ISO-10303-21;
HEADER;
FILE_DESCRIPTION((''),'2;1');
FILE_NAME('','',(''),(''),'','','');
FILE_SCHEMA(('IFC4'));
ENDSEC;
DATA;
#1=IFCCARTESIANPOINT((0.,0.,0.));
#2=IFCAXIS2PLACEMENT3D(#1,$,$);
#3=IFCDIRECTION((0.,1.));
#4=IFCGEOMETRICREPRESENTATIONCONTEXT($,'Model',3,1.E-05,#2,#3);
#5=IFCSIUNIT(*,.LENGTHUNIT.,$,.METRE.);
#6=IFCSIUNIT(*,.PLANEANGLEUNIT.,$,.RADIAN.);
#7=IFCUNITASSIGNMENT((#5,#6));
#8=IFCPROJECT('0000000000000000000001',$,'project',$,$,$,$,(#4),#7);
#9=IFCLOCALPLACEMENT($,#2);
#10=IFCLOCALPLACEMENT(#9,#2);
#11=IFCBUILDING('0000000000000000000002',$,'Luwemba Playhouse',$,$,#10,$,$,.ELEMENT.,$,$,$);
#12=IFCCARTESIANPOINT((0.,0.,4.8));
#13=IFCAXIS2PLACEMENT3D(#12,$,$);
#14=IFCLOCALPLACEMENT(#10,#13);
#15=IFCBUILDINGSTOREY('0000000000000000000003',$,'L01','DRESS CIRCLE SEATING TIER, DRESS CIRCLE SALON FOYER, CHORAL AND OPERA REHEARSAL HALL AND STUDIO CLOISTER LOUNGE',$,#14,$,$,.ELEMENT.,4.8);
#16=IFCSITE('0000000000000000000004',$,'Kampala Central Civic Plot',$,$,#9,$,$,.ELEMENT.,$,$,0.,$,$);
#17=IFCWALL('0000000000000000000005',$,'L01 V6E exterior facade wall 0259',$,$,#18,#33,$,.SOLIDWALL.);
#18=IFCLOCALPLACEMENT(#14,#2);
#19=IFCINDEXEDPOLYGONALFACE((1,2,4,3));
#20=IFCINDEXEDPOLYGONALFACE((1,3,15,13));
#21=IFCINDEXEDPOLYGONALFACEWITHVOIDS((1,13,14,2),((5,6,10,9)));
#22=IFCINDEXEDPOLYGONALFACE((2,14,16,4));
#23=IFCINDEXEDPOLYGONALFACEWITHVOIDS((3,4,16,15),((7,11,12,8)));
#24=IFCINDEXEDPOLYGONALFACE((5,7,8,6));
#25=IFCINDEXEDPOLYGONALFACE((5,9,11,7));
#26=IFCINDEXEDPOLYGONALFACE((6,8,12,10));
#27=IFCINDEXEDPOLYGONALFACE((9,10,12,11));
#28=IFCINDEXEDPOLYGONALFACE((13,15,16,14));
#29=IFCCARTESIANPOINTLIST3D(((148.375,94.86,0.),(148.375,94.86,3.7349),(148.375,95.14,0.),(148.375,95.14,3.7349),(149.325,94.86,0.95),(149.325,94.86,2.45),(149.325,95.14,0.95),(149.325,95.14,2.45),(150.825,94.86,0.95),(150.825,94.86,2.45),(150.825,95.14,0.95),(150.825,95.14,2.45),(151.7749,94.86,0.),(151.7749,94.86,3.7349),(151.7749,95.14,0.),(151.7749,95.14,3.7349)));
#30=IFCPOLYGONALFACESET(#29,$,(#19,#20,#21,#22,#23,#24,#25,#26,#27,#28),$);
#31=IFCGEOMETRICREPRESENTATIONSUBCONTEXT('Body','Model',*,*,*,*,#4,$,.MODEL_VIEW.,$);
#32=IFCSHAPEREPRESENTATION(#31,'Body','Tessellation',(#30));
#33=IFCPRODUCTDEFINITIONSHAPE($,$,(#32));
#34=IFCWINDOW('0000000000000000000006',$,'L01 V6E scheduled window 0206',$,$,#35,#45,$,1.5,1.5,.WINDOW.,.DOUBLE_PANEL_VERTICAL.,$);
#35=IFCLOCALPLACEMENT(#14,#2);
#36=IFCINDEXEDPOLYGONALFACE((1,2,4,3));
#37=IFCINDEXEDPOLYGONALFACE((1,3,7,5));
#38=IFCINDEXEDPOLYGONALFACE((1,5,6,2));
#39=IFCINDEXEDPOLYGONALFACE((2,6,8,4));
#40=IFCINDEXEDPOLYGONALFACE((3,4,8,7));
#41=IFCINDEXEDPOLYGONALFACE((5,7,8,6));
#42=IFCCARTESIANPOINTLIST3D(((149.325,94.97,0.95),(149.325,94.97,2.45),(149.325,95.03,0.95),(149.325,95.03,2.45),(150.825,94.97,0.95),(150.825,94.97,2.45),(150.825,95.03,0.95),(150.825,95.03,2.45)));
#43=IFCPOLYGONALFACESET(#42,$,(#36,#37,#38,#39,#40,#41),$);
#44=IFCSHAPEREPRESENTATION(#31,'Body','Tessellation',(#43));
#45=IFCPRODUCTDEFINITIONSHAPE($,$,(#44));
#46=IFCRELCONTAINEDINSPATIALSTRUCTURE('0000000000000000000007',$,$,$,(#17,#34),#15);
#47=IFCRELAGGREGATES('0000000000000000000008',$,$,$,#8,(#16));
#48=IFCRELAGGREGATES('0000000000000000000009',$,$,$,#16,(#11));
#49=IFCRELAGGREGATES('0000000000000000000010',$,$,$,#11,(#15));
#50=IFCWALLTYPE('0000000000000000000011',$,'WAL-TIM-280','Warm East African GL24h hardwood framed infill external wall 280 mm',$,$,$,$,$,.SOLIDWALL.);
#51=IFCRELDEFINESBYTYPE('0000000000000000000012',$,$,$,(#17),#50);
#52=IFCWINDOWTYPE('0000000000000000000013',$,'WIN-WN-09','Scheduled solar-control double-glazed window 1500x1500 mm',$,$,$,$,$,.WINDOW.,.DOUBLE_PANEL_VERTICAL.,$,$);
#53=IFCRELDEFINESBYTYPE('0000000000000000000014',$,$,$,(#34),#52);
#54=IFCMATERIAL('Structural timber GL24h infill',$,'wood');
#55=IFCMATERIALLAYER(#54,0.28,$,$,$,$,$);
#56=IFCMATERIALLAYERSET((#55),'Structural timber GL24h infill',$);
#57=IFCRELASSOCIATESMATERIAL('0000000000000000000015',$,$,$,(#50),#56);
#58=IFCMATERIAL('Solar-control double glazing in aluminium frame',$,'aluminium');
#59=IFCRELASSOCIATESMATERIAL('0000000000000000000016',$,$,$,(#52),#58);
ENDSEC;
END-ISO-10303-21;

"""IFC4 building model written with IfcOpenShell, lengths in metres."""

from ifc_helpers import new_model, si_unit, direction, frame, frame_2d, origin, place, context, subcontext, project, spatial, rectangle, extrude, material, layer, layer_set, type_object, element, fill, save


model = new_model("IFC4")

# Units and contexts
model_context = context("Model", 3, precision=1e-05, world=origin(), true_north=direction((0.0, 1.0)))
body_context = subcontext(model_context, "Body", "Model", "MODEL_VIEW")
ifc_project = project(units=[si_unit("LENGTHUNIT", "METRE"), si_unit("PLANEANGLEUNIT", "RADIAN")], contexts=[model_context])

# Site, building, storey
site_placement = place(None, origin())
site = spatial("IfcSite", under=ifc_project, at=site_placement, Name="Kampala Central Civic Plot", CompositionType="ELEMENT", RefElevation=0.0)
building_placement = place(site_placement, origin())
building = spatial("IfcBuilding", under=site, at=building_placement, Name="Luwemba Playhouse", CompositionType="ELEMENT")
storey_placement = place(building_placement, frame((0.0, 0.0, 4.8)))
storey = spatial("IfcBuildingStorey", under=building, at=storey_placement, Name="L01", Description="DRESS CIRCLE SEATING TIER, DRESS CIRCLE SALON FOYER, CHORAL AND OPERA REHEARSAL HALL AND STUDIO CLOISTER LOUNGE", CompositionType="ELEMENT", Elevation=4.8)

# Wall, opening, window
ifc_material_1 = material(Name="Solar-control double glazing in aluminium frame", Category="aluminium")
ifc_material_2 = material(Name="Structural timber GL24h infill", Category="wood")
ifc_layer_1 = layer(ifc_material_2, 0.28)
ifc_layer_set_1 = layer_set([ifc_layer_1], Name="Structural timber GL24h infill")
wall_type_1 = type_object("IfcWallType", Name="WAL-TIM-280", Description="Warm East African GL24h hardwood framed infill external wall 280 mm", PredefinedType="SOLIDWALL", material=ifc_layer_set_1)
wall_1_placement = place(storey_placement, frame((151.7749, 95.0, 0.0), z_axis=(0.0, 0.0, 1.0), x_axis=(-1.0, 0.0, 0.0)))
wall_1 = element("IfcWall", 1, at=wall_1_placement, inside=storey, type_object=wall_type_1, Name="L01 V6E exterior facade wall 0259", PredefinedType="SOLIDWALL", context=body_context, shape_type="SweptSolid", body=[
    extrude(rectangle(XDim=3.3999, YDim=0.28, at=frame_2d((1.7, 0.0))), origin(), (0.0, 0.0, 1.0), 3.7349),
])
opening_1_placement = place(wall_1_placement, frame((0.95, 0.0, 0.95)))
opening_1 = element("IfcOpeningElement", 2, at=opening_1_placement, cuts=wall_1, PredefinedType="OPENING", context=body_context, shape_type="SweptSolid", body=[
    extrude(rectangle(XDim=1.5, YDim=1.5, at=frame_2d((0.75, 0.75))), frame((0.0, 0.1499, 0.0), z_axis=(0.0, -1.0, 0.0), x_axis=(1.0, 0.0, 0.0)), (0.0, 0.0, 1.0), 0.3),
])
window_type_1 = type_object("IfcWindowType", Name="WIN-WN-09", Description="Scheduled solar-control double-glazed window 1500x1500 mm", PartitioningType="DOUBLE_PANEL_VERTICAL", PredefinedType="WINDOW", material=ifc_material_1)
window_1_placement = place(opening_1_placement, origin())
window_1 = element("IfcWindow", 3, at=window_1_placement, inside=storey, type_object=window_type_1, Name="L01 V6E scheduled window 0206", OverallHeight=1.5, OverallWidth=1.5, PartitioningType="DOUBLE_PANEL_VERTICAL", PredefinedType="WINDOW", context=body_context, shape_type="SweptSolid", body=[
    extrude(rectangle(XDim=1.5, YDim=1.5, at=frame_2d((0.75, 0.75))), frame((0.0, 0.03, 0.0), z_axis=(0.0, -1.0, 0.0), x_axis=(1.0, 0.0, 0.0)), (0.0, 0.0, 1.0), 0.0601),
])
fill(opening_1, window_1)

save(model, "model.ifc")
